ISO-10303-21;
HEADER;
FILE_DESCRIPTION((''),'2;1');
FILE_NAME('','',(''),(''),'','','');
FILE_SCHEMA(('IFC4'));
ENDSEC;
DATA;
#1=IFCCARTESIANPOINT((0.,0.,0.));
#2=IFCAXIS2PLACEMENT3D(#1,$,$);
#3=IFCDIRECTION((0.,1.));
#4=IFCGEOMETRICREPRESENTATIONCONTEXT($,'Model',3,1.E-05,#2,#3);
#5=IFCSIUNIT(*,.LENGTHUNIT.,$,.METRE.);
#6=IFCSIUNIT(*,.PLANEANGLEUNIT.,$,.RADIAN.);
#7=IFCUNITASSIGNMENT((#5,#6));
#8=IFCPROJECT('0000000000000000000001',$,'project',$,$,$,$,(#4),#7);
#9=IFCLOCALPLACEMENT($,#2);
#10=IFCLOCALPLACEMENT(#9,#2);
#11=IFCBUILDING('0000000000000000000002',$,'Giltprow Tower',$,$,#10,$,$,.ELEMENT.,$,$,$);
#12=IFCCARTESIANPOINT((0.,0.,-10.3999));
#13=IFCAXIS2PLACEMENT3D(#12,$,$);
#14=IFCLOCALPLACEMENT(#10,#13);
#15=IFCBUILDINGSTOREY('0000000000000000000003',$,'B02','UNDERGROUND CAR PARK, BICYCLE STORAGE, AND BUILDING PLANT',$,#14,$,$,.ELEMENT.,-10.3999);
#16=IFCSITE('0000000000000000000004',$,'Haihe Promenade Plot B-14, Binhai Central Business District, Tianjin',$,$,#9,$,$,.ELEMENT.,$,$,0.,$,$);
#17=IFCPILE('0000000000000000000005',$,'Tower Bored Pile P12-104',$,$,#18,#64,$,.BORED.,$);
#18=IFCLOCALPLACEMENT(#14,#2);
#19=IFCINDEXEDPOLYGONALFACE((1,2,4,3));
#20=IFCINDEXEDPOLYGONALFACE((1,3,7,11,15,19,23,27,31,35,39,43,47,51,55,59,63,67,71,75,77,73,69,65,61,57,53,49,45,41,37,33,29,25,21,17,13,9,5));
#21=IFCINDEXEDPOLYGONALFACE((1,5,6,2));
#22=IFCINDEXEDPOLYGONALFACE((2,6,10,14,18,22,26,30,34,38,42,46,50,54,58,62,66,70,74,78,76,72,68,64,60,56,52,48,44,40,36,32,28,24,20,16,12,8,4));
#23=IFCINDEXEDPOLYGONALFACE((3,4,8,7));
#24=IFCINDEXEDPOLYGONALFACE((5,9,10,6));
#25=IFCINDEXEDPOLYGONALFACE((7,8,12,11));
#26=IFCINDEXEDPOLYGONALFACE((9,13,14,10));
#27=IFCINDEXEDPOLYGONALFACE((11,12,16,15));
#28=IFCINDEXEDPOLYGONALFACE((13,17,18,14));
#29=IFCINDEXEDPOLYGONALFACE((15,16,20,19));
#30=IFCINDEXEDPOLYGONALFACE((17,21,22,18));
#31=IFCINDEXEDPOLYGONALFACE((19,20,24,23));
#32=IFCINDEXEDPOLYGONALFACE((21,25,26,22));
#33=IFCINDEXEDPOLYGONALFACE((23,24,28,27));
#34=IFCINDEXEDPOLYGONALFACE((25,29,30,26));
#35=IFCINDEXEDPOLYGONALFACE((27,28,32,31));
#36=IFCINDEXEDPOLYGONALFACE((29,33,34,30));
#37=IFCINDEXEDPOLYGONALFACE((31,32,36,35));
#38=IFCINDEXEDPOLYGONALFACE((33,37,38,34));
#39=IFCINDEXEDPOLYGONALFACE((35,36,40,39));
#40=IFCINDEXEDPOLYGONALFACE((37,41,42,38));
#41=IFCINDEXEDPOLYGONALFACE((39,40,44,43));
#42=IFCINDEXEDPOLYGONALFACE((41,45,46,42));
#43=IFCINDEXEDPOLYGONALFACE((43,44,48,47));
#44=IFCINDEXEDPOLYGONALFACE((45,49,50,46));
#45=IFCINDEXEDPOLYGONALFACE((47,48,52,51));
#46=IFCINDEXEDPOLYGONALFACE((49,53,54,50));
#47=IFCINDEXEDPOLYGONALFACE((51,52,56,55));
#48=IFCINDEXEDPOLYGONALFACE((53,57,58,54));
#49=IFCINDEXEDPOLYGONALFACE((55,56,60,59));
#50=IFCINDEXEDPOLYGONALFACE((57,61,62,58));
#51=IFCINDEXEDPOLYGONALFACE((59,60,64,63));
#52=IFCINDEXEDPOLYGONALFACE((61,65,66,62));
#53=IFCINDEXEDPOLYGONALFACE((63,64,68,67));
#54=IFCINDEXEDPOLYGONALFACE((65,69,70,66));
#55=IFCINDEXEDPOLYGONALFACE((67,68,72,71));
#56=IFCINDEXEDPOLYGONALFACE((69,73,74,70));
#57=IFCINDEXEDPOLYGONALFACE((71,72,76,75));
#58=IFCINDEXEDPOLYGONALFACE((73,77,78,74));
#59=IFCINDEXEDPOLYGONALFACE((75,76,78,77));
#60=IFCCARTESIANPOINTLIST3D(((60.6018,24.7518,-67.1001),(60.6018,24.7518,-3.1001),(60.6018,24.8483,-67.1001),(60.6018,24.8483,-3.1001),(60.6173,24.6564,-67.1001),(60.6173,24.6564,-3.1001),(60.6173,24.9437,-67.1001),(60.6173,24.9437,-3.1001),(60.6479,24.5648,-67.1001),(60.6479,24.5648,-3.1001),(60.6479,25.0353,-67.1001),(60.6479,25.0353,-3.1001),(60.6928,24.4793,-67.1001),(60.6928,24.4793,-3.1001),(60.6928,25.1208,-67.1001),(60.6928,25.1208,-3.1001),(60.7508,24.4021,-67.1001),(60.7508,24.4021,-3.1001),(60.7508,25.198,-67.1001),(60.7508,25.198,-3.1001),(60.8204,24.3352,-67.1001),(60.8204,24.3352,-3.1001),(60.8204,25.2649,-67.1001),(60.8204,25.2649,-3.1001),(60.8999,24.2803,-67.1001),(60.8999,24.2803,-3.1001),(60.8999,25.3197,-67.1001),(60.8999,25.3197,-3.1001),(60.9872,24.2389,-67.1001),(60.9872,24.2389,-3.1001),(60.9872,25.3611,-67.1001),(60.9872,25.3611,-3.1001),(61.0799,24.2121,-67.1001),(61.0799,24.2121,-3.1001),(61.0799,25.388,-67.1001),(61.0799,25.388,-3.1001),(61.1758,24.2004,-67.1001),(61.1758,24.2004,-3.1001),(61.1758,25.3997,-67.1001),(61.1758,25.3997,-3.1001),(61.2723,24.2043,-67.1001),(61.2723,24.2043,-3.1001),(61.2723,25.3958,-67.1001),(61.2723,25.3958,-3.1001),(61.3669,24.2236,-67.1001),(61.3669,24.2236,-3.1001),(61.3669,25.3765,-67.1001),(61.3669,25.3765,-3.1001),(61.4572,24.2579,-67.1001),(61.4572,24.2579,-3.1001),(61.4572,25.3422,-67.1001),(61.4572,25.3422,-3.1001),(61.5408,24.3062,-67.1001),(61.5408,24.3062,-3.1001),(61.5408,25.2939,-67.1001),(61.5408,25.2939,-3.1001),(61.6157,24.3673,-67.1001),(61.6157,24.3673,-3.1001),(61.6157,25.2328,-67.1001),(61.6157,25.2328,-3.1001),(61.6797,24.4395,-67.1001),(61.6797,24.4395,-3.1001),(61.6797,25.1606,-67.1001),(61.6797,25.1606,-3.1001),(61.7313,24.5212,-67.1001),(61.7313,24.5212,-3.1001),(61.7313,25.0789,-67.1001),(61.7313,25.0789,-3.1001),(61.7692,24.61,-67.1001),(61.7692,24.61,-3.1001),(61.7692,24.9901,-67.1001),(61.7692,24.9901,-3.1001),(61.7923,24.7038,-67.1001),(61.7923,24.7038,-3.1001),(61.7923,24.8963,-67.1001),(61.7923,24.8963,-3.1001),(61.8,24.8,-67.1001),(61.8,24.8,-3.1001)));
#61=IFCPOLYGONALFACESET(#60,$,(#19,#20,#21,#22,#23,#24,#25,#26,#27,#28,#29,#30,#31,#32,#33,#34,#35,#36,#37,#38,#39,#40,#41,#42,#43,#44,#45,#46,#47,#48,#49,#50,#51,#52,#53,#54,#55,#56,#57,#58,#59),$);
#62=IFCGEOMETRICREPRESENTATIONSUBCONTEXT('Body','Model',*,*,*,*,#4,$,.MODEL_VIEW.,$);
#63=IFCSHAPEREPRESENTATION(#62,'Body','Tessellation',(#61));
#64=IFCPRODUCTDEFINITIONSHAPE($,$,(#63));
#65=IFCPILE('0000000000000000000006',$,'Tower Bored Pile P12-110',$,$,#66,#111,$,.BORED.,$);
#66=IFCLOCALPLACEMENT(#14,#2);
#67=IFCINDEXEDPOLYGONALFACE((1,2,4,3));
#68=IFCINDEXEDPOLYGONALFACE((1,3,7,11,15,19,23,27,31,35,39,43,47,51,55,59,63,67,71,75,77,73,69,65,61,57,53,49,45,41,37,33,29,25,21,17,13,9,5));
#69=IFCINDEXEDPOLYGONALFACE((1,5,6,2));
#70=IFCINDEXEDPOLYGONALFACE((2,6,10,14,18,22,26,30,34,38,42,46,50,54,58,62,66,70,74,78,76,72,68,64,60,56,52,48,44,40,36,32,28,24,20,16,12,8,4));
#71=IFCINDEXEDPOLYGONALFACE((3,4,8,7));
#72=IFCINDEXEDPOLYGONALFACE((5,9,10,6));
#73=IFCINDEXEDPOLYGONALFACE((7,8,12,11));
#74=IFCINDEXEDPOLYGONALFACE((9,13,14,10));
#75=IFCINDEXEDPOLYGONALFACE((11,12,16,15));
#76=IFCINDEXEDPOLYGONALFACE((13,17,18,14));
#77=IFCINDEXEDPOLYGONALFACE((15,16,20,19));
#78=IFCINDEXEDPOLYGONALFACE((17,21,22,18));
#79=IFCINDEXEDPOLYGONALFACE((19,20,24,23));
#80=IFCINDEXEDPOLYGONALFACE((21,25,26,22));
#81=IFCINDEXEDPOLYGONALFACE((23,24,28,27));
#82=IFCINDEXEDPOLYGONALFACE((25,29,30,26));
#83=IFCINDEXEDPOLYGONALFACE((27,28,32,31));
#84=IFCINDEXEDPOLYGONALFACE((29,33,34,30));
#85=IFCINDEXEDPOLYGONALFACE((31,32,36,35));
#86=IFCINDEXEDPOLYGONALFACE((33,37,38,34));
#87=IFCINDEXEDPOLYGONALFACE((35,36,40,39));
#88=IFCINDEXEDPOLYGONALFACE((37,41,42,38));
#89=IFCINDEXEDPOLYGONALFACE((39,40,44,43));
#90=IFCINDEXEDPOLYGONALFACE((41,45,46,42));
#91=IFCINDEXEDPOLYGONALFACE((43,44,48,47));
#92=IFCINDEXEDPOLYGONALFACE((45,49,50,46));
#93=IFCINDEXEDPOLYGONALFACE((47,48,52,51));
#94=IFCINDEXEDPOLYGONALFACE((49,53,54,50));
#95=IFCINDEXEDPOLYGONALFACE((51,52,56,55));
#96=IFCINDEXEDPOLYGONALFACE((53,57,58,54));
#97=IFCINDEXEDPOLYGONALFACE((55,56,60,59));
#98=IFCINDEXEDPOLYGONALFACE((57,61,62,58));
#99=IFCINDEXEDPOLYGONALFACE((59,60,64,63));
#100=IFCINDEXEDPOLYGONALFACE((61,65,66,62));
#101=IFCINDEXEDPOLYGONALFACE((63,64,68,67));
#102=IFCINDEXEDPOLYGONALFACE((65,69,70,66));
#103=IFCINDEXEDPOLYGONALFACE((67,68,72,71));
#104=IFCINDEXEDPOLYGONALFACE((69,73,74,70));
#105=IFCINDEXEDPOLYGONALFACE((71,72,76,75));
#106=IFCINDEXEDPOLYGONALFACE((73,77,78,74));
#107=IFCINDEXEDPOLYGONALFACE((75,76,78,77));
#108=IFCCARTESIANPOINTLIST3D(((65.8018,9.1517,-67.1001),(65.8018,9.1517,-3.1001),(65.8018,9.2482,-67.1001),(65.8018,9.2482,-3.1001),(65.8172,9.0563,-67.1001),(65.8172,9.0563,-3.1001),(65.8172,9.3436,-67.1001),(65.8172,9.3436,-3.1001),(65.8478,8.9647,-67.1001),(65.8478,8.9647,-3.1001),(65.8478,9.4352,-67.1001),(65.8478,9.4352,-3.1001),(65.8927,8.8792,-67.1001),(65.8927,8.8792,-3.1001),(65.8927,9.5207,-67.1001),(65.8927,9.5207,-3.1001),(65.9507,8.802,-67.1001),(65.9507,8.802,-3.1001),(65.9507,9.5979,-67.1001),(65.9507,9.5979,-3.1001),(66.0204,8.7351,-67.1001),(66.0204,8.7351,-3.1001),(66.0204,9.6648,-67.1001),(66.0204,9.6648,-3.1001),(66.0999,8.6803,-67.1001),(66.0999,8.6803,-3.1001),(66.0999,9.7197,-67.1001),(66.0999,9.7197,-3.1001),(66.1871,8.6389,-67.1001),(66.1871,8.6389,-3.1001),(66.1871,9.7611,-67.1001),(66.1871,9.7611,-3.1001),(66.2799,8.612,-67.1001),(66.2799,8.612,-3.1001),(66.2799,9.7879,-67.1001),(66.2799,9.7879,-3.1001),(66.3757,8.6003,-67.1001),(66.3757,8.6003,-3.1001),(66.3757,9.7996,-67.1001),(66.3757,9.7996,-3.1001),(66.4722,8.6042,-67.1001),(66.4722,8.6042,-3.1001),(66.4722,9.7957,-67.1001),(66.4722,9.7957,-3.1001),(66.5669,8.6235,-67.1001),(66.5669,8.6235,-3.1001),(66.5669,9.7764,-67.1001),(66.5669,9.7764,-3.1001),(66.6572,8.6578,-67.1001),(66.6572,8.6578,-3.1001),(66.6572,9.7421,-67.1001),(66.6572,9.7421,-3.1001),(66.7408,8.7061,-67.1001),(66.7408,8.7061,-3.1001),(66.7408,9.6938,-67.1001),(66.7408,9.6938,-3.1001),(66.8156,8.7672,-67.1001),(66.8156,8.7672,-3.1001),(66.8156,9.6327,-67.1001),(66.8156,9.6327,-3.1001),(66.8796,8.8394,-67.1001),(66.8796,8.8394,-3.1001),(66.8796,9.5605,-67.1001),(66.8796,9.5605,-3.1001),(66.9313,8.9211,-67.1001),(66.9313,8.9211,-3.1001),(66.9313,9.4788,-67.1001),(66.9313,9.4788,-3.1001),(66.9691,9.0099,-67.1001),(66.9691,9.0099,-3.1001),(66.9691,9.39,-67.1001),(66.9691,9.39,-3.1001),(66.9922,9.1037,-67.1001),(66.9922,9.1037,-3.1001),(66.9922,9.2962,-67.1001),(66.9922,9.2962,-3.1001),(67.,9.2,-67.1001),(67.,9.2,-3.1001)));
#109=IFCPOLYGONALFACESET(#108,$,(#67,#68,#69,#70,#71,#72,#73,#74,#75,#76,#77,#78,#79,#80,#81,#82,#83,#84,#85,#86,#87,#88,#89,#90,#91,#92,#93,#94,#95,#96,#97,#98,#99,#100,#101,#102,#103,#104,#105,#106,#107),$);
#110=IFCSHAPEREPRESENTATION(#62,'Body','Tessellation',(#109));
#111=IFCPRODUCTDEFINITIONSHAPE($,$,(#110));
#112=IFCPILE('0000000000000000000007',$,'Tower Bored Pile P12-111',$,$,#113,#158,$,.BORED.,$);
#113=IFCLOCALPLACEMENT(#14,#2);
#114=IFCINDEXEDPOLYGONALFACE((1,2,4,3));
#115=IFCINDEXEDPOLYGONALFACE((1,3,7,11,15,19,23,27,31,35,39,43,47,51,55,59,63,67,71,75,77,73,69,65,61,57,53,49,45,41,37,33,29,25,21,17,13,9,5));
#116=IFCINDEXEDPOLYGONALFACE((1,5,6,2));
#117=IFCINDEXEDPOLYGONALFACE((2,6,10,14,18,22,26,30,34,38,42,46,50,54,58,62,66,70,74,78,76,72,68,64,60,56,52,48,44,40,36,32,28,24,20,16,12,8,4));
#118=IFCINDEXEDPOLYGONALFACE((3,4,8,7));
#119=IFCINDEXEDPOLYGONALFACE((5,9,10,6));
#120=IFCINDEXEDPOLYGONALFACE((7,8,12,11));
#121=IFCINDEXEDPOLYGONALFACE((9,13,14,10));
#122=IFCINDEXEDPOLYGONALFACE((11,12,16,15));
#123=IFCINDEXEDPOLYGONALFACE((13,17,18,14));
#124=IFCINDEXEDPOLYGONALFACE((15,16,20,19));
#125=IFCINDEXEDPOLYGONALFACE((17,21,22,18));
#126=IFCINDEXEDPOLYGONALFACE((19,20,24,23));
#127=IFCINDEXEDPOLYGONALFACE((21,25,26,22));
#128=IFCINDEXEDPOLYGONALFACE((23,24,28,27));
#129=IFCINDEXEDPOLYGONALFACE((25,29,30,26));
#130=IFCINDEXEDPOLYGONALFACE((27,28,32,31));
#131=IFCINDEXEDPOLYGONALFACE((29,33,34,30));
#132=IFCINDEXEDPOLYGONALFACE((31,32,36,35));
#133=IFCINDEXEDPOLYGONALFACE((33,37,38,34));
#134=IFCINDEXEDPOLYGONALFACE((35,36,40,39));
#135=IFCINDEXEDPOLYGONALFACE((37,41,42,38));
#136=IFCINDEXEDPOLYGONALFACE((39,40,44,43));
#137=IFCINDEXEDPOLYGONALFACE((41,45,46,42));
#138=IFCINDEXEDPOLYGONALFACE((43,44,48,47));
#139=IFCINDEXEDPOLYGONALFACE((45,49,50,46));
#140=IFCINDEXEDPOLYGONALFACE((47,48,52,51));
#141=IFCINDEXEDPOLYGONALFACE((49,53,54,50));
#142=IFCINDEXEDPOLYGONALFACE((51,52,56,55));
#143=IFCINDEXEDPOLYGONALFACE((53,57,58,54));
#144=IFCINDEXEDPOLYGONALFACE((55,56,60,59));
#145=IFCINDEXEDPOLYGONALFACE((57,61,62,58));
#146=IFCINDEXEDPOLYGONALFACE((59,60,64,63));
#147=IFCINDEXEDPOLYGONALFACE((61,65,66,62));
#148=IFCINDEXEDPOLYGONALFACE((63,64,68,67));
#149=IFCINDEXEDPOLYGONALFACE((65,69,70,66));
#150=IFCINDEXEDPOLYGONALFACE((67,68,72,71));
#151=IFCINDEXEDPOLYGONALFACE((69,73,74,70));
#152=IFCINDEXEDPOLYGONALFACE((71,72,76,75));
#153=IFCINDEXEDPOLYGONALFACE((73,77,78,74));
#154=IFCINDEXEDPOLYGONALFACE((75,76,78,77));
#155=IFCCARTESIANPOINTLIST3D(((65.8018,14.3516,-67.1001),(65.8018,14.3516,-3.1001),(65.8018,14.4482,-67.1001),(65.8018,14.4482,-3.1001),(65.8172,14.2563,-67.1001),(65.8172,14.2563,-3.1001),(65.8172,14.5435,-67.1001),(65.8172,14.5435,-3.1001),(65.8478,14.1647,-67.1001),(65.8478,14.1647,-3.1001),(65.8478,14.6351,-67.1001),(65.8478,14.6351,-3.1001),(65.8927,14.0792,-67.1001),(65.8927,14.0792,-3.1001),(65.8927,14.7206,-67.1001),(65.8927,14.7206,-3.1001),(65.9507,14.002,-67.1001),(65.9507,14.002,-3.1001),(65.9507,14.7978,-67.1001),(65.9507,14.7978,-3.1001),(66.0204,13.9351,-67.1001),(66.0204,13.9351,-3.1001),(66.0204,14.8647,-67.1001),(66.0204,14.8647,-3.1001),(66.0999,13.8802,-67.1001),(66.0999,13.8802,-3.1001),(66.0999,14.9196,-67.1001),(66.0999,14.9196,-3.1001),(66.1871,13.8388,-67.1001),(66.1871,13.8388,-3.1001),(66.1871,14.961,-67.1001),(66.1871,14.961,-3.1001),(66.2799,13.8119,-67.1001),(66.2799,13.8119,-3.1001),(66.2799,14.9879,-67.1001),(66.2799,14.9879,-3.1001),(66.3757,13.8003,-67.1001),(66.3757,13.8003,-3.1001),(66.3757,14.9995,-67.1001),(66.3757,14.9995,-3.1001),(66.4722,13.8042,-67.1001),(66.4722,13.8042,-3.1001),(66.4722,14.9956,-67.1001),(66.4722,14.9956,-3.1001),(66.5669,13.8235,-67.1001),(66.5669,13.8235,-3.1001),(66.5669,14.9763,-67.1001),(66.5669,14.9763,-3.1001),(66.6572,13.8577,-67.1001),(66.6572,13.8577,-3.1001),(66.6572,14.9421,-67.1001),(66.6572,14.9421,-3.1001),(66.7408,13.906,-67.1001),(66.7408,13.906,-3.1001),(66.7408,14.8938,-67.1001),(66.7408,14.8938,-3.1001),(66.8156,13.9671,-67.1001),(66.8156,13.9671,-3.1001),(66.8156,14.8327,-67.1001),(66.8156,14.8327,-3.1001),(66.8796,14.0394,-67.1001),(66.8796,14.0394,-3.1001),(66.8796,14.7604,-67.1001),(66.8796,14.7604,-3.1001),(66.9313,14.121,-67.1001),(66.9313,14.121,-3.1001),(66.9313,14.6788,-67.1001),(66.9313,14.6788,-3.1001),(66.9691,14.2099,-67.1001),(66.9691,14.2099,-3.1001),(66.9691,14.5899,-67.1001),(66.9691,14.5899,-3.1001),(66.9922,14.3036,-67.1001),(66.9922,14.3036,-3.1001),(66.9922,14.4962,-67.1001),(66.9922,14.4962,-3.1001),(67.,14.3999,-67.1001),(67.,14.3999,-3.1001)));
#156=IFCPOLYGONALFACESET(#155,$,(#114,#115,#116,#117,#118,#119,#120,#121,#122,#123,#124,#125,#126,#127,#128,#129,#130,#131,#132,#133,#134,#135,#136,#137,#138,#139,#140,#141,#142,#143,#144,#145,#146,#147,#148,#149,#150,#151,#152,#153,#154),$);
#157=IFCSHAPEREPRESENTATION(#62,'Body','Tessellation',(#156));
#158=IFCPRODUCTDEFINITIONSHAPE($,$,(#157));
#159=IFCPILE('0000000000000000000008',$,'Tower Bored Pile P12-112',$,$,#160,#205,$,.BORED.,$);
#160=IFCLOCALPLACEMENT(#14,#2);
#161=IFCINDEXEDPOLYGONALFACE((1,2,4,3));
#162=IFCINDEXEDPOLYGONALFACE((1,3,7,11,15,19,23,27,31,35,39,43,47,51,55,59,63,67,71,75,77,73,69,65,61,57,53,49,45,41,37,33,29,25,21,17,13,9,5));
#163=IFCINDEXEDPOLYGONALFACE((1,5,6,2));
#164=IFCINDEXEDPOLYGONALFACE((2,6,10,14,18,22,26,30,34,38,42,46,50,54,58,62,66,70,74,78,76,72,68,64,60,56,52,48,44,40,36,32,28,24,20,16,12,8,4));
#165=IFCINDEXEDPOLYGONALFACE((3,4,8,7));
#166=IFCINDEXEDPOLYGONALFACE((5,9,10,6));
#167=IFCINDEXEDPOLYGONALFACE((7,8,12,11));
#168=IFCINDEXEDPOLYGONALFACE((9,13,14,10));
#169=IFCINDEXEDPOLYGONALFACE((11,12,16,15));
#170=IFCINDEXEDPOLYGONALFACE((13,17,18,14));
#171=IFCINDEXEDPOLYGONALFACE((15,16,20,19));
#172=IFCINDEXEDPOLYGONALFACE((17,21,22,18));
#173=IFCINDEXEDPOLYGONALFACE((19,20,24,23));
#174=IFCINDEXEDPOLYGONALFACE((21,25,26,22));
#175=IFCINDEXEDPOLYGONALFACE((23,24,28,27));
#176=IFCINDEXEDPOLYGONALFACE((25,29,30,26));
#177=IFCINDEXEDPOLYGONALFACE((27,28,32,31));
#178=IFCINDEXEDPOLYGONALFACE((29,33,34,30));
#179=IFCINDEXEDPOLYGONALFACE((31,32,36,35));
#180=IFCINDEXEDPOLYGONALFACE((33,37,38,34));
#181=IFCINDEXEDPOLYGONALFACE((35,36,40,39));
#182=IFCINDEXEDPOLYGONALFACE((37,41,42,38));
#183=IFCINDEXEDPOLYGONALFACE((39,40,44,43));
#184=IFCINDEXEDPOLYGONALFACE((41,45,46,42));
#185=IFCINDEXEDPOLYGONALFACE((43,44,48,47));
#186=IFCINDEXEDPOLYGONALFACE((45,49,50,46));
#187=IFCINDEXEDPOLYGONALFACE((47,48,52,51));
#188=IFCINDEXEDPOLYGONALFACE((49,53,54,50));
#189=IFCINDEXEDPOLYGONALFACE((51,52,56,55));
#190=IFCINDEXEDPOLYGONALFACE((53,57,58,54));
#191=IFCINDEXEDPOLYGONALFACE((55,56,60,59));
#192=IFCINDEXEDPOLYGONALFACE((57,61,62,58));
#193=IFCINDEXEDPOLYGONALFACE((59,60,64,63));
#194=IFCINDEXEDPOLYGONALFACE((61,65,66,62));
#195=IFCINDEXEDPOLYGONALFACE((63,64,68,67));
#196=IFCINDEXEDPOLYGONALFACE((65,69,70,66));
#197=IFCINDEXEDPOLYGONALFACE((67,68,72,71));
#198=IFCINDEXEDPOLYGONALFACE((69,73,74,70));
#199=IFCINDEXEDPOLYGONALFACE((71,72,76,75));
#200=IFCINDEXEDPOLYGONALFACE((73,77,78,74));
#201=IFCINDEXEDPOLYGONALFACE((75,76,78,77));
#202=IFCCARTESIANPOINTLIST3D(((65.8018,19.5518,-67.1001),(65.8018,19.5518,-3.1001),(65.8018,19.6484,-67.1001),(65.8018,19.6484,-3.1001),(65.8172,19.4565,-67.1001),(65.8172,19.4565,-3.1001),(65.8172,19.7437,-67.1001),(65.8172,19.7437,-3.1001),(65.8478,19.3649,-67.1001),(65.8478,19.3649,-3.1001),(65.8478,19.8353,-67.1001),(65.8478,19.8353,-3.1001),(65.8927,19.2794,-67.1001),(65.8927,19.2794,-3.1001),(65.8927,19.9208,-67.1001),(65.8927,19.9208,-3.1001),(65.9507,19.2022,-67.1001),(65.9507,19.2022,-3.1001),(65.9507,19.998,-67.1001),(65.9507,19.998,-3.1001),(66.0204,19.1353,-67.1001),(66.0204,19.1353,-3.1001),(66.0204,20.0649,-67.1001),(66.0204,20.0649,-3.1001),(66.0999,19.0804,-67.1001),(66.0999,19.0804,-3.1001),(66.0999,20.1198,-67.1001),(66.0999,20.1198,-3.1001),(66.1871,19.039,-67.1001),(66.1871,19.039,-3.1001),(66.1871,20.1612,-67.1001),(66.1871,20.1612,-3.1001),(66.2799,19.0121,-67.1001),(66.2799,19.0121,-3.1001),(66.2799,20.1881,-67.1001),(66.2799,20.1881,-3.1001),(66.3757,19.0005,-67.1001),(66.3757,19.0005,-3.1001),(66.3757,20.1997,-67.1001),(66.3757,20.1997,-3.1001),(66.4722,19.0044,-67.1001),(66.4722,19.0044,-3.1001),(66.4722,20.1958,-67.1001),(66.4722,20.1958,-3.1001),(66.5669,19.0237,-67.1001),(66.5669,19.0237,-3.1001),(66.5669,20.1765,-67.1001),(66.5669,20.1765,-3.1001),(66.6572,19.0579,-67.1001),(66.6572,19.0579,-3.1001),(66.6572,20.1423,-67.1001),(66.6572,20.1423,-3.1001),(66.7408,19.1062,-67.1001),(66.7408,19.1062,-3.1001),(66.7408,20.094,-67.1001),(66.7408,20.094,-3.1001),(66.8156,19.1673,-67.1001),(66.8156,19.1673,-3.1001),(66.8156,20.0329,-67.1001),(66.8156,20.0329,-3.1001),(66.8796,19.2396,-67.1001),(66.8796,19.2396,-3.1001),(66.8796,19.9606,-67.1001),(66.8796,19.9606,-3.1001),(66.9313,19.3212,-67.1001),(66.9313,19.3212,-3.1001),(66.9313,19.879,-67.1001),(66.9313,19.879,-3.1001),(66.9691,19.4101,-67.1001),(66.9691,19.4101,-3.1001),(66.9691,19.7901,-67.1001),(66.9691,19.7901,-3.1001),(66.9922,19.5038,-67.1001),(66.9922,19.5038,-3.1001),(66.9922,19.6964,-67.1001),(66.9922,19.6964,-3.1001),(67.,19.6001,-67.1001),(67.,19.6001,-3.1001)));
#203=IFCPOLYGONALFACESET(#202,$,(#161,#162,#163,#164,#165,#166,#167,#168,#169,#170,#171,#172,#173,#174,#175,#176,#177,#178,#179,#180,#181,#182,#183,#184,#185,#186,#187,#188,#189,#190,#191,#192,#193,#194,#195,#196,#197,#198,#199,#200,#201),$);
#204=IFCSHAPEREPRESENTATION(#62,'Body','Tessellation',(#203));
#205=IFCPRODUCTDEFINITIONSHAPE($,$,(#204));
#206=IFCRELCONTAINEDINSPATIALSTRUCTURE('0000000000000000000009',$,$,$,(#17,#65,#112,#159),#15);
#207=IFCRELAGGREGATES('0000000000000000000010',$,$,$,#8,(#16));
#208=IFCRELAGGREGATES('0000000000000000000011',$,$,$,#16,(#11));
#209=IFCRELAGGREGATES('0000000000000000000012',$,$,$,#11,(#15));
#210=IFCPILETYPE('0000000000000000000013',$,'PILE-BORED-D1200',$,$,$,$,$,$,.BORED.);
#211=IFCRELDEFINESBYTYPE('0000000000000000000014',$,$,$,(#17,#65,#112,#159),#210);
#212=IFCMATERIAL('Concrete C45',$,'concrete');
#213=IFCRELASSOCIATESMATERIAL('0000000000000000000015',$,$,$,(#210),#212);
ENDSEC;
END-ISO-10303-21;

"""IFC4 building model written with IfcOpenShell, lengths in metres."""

from ifc_helpers import new_model, si_unit, direction, frame, origin, origin_2d, place, context, subcontext, project, spatial, circle, extrude, source, transform, mapped, material, material_profile, profile_set, type_object, element, save


model = new_model("IFC4")

# Units and contexts
model_context = context("Model", 3, precision=1e-05, world=origin(), true_north=direction((0.0, 1.0)))
body_context = subcontext(model_context, "Body", "Model", "MODEL_VIEW")
ifc_project = project(units=[si_unit("LENGTHUNIT", "METRE"), si_unit("PLANEANGLEUNIT", "RADIAN")], contexts=[model_context])

# Site, building, storey
site_placement = place(None, origin())
site = spatial("IfcSite", under=ifc_project, at=site_placement, Name="Haihe Promenade Plot B-14, Binhai Central Business District, Tianjin", CompositionType="ELEMENT", RefElevation=0.0)
building_placement = place(site_placement, origin())
building = spatial("IfcBuilding", under=site, at=building_placement, Name="Giltprow Tower", CompositionType="ELEMENT")
storey_placement = place(building_placement, frame((0.0, 0.0, -10.3999)))
storey = spatial("IfcBuildingStorey", under=building, at=storey_placement, Name="B02", Description="UNDERGROUND CAR PARK, BICYCLE STORAGE, AND BUILDING PLANT", CompositionType="ELEMENT", Elevation=-10.3999)

# Piles
ifc_material_1 = material(Name="Concrete C45", Category="concrete")
ifc_material_profile_1 = material_profile(ifc_material_1, circle(Radius=0.6001, at=origin_2d()), Name="PILE D1200")
ifc_profile_set_1 = profile_set([ifc_material_profile_1], Name="Concrete C45")
pile_type_1 = type_object("IfcPileType", Name="PILE-BORED-D1200", PredefinedType="BORED", material=ifc_profile_set_1)
shared_shape_1 = source(origin(), body_context, "Body", "SweptSolid", [
    extrude(circle(Radius=0.6001, at=origin_2d()), origin(), (0.0, 0.0, 1.0), 64.0),
])
for number, where, z_axis, x_axis, name in (
    (1, (61.2, 24.8, -3.1001), (0.0, 0.0, -1.0), (1.0, 0.0, 0.0), "Tower Bored Pile P12-104"),
    (2, (66.3999, 9.2, -3.1001), (0.0, 0.0, -1.0), (1.0, 0.0, 0.0), "Tower Bored Pile P12-110"),
    (3, (66.3999, 14.3999, -3.1001), (0.0, 0.0, -1.0), (1.0, 0.0, 0.0), "Tower Bored Pile P12-111"),
    (4, (66.3999, 19.6001, -3.1001), (0.0, 0.0, -1.0), (1.0, 0.0, 0.0), "Tower Bored Pile P12-112"),
):
    element("IfcPile", number, at=place(storey_placement, frame(where, z_axis=z_axis, x_axis=x_axis)), inside=storey, type_object=pile_type_1, Name=name, PredefinedType="BORED", context=body_context, shape_type="MappedRepresentation", body=[
        mapped(shared_shape_1, transform((0.0, 0.0, 0.0), x_axis=(1.0, 0.0, 0.0), y_axis=(0.0, 1.0, 0.0), z_axis=(0.0, 0.0, 1.0), scale=1.0)),
    ])

save(model, "model.ifc")
